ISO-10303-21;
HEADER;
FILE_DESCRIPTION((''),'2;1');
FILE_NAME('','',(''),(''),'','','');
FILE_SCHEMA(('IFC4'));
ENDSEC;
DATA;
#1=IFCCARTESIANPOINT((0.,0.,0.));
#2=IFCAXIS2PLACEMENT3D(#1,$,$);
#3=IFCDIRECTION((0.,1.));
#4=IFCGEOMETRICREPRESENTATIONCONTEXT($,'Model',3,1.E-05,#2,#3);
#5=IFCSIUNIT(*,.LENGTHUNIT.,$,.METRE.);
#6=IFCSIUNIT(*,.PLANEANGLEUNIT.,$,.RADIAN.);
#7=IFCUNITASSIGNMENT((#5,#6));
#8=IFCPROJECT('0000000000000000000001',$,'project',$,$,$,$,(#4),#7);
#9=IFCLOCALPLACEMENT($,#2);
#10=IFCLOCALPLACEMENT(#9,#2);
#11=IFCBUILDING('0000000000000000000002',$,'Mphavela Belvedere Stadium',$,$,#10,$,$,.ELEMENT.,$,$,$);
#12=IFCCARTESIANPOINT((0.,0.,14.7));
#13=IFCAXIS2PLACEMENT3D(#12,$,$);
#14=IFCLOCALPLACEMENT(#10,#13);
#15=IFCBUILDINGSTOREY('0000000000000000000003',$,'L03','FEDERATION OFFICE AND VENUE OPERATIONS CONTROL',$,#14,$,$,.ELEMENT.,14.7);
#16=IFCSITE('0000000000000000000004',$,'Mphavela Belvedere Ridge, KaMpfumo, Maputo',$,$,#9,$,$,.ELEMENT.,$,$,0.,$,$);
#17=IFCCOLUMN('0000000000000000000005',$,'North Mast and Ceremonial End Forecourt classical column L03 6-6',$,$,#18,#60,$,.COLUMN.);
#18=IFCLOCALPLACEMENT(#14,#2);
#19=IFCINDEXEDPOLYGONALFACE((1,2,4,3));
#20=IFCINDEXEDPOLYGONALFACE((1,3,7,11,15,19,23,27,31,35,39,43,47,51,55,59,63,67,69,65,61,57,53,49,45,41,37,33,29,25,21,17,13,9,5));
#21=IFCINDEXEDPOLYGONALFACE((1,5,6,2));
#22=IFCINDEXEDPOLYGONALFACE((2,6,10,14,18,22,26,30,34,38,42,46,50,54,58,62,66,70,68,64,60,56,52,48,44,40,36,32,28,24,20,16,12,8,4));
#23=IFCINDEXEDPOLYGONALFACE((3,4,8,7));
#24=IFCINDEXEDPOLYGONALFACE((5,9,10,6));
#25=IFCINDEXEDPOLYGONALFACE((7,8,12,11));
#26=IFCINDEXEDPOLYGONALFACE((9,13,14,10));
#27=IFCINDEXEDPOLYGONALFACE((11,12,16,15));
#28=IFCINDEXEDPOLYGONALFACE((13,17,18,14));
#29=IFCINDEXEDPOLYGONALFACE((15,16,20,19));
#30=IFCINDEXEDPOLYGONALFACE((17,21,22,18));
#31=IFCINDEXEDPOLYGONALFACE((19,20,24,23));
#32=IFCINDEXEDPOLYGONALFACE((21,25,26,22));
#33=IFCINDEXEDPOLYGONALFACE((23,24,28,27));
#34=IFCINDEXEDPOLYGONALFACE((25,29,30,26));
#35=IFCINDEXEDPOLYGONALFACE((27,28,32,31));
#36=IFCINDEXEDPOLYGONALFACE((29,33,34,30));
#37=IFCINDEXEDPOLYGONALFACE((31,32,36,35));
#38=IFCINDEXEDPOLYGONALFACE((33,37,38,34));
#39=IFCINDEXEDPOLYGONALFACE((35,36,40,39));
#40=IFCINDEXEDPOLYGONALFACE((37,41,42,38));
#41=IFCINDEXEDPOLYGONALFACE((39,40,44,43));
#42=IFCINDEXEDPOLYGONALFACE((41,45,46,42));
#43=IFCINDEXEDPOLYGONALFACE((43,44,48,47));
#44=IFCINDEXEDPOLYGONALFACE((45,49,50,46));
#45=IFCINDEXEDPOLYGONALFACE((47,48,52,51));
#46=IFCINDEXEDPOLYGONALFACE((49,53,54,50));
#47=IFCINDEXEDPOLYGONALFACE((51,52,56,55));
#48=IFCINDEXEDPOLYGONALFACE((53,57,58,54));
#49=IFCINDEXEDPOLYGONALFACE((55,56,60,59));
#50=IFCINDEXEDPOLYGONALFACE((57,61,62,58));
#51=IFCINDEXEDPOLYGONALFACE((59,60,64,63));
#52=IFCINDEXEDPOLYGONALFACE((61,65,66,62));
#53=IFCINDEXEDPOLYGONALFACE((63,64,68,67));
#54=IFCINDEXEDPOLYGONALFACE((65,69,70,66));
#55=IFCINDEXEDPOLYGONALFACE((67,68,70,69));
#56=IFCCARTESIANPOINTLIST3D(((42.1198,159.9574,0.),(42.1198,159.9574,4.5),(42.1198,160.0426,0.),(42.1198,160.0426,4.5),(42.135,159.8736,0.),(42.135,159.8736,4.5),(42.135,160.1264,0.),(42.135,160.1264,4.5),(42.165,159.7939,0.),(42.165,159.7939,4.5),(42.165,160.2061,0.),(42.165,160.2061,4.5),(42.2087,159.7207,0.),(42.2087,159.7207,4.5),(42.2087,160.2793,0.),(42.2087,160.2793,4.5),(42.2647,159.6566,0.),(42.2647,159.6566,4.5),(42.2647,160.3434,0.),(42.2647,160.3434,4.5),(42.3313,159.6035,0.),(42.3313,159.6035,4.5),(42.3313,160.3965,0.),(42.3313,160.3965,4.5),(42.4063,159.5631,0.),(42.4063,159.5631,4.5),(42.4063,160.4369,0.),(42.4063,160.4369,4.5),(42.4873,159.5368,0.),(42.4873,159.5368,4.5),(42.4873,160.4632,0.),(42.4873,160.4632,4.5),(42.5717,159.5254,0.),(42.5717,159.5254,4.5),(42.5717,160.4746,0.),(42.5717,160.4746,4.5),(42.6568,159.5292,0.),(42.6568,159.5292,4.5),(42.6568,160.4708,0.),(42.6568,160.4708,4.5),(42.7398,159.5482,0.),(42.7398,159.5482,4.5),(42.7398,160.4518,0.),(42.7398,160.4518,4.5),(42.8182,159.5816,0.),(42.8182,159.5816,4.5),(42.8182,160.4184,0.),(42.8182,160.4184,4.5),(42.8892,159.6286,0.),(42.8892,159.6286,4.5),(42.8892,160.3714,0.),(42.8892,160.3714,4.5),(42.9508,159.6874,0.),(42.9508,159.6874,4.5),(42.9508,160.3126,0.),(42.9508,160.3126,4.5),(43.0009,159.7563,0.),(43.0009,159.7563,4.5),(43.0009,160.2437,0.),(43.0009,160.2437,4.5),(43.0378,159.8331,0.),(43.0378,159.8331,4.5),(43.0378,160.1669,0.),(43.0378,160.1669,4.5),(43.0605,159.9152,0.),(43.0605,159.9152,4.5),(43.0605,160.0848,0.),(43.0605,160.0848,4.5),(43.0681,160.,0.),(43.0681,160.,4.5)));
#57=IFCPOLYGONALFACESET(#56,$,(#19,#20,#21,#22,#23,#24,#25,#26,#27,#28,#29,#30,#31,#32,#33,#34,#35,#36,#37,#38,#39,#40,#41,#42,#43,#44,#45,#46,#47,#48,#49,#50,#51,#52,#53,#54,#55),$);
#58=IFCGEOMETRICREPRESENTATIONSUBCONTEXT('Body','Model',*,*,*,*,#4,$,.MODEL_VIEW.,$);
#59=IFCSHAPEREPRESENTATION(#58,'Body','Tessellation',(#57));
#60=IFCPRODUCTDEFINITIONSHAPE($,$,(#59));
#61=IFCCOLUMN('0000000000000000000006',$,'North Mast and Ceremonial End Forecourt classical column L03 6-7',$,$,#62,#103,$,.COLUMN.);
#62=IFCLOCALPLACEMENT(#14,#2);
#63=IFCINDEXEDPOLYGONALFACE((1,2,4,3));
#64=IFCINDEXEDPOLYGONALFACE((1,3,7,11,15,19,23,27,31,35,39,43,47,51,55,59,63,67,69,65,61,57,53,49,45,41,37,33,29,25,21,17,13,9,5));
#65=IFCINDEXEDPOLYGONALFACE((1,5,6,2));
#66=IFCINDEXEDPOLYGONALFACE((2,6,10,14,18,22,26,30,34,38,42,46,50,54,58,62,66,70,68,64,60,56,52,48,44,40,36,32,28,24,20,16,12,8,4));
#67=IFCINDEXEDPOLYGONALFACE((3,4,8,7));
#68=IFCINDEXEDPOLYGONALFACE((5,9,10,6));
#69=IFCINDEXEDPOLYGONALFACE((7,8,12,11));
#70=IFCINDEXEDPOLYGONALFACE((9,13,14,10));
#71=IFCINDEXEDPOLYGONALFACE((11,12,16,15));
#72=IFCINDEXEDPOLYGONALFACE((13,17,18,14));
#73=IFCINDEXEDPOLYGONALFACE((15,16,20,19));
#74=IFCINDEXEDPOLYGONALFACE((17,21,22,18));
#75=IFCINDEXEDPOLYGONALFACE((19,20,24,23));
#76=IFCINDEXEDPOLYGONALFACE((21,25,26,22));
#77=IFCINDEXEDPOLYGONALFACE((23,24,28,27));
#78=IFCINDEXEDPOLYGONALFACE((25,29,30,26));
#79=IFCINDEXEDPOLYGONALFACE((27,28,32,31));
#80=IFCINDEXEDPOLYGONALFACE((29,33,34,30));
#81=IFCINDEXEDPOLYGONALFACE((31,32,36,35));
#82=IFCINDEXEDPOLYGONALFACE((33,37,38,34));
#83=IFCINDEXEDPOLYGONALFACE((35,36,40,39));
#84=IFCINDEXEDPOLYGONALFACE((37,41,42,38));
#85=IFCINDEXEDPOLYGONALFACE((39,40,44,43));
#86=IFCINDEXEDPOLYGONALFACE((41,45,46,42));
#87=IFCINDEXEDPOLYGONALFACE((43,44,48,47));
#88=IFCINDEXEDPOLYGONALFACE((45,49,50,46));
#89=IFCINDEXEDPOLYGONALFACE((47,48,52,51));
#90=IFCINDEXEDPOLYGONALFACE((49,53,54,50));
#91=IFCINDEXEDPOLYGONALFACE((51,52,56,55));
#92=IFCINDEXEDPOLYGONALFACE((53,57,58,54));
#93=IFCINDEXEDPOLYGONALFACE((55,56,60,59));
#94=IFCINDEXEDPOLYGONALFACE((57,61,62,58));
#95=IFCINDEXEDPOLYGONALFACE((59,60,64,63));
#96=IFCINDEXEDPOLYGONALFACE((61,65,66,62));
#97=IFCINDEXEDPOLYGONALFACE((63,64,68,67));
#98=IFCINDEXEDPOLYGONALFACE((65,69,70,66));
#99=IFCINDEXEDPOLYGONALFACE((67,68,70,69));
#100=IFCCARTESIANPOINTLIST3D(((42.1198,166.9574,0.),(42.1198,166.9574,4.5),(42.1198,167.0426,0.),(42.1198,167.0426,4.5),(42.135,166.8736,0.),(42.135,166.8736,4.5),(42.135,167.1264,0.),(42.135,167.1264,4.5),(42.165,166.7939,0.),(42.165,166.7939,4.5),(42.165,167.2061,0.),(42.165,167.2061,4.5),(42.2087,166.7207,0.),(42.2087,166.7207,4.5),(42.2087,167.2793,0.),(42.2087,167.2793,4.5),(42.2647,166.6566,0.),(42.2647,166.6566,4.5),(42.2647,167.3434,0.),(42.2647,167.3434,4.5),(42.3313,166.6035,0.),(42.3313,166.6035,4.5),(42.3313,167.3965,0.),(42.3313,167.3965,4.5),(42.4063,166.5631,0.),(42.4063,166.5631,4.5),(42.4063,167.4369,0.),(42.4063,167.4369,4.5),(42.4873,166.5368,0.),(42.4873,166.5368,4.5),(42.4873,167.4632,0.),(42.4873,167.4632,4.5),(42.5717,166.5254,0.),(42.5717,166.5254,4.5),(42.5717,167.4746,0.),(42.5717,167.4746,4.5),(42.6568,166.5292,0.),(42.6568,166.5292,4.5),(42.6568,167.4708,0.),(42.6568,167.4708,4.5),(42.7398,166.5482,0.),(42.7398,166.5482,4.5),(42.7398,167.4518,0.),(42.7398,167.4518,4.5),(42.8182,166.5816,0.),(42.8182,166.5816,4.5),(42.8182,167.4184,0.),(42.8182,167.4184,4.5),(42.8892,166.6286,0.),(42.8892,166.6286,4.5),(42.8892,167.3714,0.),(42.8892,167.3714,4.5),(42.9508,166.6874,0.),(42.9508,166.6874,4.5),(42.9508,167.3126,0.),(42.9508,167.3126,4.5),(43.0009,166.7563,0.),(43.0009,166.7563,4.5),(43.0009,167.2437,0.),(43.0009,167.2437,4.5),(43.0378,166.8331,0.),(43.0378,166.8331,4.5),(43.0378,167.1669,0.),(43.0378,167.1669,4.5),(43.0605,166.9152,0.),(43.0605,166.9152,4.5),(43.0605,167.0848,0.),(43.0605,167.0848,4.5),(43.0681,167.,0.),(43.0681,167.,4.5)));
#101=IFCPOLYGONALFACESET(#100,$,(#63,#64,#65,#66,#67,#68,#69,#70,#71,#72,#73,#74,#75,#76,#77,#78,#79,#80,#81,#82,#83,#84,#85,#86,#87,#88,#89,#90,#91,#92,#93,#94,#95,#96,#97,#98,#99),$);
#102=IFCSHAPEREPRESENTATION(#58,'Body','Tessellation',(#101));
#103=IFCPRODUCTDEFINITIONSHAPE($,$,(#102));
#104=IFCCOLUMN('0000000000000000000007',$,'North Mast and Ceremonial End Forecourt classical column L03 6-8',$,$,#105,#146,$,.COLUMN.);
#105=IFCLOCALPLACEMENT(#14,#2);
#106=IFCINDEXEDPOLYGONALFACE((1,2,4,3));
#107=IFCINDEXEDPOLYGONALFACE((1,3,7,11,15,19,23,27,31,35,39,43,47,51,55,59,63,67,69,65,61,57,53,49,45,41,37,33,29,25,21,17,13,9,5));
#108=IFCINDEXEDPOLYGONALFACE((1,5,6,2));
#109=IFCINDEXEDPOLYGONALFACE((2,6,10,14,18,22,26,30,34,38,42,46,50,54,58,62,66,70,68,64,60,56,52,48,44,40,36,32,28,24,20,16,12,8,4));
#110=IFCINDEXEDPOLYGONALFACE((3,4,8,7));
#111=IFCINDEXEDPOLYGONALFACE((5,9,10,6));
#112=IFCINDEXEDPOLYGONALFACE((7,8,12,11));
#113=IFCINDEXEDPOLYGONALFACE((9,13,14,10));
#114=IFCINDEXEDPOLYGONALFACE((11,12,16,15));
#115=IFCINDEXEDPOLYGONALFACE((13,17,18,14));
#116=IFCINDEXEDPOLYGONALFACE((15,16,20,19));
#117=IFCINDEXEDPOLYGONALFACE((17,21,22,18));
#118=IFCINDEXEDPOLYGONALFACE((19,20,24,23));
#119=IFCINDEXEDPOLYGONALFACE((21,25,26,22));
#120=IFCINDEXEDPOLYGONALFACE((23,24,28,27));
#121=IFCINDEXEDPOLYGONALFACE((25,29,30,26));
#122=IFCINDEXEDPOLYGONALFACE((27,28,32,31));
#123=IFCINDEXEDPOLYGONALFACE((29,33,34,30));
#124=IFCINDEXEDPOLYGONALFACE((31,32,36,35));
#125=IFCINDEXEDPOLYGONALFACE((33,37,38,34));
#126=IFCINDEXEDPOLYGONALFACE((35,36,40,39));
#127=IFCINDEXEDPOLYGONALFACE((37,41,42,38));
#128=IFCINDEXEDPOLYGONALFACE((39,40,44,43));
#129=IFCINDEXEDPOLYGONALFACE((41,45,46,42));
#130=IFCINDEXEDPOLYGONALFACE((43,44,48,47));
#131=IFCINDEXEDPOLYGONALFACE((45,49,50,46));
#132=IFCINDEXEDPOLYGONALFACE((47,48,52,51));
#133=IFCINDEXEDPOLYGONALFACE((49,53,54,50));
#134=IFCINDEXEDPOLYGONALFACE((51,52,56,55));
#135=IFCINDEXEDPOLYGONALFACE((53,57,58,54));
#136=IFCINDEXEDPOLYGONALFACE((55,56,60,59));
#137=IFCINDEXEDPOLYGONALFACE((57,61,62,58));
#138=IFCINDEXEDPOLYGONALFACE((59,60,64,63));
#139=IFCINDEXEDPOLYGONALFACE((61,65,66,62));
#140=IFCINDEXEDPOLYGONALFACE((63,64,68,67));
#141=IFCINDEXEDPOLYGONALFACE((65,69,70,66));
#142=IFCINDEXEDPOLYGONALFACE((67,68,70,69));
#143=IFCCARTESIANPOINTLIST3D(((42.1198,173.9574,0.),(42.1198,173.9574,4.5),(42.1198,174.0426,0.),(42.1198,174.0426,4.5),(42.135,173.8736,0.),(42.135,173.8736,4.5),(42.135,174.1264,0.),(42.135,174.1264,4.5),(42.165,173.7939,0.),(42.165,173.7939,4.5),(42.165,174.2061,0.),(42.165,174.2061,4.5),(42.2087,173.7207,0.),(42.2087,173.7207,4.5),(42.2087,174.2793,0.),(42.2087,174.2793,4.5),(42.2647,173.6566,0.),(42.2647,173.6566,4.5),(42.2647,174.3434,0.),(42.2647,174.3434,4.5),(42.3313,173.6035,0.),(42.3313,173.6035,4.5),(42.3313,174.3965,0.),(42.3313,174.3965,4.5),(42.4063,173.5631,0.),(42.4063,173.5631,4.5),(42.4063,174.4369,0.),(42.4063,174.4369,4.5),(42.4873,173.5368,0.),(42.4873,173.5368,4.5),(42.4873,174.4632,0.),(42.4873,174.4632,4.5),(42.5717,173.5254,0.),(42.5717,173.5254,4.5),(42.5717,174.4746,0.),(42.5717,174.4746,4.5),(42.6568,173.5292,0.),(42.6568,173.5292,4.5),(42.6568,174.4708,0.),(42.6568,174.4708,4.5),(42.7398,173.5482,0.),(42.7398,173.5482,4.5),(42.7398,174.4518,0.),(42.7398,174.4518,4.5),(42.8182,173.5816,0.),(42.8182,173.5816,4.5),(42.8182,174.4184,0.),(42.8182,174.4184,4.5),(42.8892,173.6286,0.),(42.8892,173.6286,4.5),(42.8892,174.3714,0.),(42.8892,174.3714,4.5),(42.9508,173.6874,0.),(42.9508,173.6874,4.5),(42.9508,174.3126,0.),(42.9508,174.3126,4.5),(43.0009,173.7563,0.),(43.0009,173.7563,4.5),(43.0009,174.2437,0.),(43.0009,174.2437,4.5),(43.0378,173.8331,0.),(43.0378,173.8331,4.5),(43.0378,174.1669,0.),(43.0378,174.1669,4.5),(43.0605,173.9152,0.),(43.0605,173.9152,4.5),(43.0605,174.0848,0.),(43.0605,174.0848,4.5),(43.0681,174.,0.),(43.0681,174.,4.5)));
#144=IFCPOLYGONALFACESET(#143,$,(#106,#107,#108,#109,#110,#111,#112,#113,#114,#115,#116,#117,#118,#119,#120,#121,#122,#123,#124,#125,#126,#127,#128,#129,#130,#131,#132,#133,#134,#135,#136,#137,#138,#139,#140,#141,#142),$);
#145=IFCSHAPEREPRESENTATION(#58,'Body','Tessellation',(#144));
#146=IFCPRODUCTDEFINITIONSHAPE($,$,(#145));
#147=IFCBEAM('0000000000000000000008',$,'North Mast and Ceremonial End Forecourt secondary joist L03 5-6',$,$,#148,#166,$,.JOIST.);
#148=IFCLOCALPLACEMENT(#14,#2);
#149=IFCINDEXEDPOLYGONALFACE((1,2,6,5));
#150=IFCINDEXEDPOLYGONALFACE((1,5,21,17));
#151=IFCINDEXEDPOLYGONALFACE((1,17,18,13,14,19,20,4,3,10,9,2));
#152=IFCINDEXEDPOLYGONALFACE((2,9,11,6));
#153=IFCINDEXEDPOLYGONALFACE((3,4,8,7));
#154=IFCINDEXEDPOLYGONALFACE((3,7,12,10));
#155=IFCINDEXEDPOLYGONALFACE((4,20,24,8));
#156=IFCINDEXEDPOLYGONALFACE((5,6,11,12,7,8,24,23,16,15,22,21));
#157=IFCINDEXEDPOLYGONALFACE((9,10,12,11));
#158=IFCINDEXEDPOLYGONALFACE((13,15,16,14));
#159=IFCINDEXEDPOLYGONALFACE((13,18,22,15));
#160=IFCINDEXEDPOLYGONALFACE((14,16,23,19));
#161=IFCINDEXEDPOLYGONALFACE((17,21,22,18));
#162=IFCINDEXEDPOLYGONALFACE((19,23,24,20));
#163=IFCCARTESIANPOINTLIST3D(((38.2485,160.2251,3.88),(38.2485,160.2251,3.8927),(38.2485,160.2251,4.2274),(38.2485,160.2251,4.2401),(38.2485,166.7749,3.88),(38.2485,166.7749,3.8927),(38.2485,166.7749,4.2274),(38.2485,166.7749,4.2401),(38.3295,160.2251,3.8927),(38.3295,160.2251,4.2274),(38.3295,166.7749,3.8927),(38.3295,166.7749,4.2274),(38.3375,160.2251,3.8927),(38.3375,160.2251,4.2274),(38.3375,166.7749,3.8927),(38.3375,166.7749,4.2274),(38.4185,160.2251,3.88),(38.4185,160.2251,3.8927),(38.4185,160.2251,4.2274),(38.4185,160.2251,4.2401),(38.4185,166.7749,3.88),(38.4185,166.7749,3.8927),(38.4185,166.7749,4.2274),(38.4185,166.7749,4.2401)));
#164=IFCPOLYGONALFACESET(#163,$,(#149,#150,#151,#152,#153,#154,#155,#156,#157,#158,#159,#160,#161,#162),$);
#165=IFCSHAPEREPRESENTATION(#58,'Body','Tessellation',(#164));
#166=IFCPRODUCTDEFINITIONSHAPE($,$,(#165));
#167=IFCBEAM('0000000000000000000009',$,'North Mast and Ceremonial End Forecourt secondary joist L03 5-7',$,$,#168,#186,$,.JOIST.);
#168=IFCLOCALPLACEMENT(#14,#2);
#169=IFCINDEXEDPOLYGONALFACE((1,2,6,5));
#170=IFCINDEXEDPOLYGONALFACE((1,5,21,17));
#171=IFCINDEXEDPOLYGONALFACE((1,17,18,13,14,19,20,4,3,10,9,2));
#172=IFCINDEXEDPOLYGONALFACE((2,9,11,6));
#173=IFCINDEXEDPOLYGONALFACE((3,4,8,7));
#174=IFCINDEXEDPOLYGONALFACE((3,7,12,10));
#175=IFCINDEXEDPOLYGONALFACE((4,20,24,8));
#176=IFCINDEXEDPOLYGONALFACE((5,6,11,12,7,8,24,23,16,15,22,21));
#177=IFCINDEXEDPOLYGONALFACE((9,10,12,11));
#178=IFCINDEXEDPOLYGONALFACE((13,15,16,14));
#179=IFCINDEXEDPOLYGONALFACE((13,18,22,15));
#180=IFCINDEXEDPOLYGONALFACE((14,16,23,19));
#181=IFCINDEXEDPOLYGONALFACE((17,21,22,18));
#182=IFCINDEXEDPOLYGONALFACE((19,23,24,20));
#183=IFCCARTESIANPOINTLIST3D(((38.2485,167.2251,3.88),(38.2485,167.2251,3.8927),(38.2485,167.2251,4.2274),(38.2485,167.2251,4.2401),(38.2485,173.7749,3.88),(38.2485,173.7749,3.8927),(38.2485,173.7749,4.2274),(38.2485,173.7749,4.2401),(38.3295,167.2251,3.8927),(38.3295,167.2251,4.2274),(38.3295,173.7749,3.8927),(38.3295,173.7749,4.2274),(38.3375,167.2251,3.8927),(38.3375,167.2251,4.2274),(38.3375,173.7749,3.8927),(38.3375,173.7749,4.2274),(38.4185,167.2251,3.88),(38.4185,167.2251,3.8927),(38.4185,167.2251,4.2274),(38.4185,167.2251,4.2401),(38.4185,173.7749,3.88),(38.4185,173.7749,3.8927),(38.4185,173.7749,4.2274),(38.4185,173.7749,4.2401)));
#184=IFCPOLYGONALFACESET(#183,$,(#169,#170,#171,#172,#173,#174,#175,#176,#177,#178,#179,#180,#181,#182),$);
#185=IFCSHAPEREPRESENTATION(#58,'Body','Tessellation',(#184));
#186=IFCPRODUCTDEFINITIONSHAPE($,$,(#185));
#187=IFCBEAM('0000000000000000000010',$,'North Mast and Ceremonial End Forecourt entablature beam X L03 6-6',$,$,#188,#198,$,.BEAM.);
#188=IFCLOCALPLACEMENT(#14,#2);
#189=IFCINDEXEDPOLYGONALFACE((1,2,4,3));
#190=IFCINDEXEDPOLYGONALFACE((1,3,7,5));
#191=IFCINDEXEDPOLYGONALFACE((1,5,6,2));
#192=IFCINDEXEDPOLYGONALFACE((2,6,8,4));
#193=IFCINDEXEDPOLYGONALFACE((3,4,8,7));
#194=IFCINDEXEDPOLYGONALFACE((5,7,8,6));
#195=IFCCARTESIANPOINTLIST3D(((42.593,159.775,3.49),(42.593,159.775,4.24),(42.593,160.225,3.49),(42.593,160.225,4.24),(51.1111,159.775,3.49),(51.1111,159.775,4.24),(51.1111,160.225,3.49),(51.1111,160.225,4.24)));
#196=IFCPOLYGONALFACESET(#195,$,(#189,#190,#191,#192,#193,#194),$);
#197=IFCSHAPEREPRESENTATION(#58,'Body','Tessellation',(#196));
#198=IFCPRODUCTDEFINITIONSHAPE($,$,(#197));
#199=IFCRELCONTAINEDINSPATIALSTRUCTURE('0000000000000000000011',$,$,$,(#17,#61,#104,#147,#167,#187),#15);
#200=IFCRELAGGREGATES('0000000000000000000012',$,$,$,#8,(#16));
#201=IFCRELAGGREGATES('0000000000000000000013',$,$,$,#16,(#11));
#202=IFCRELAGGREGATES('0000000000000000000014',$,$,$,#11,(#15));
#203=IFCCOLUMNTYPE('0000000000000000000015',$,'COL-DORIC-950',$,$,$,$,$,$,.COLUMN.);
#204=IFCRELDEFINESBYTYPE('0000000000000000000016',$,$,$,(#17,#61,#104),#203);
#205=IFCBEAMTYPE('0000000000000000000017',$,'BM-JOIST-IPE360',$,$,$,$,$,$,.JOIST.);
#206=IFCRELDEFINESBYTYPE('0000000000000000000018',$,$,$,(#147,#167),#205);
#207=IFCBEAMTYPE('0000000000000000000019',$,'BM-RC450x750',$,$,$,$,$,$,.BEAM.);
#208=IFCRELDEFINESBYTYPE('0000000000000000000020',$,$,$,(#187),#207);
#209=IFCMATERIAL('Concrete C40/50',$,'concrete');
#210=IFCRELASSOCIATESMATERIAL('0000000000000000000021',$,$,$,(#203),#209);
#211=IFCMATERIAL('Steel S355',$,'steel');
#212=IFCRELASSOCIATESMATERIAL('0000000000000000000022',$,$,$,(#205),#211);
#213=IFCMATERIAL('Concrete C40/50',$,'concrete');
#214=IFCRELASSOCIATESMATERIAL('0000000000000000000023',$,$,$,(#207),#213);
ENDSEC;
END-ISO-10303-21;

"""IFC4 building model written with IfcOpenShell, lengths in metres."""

from ifc_helpers import new_model, si_unit, direction, frame, origin, origin_2d, place, context, subcontext, project, spatial, rectangle, circle, i_section, extrude, material, material_profile, profile_set, type_object, element, save


model = new_model("IFC4")

# Units and contexts
model_context = context("Model", 3, precision=1e-05, world=origin(), true_north=direction((0.0, 1.0)))
body_context = subcontext(model_context, "Body", "Model", "MODEL_VIEW")
ifc_project = project(units=[si_unit("LENGTHUNIT", "METRE"), si_unit("PLANEANGLEUNIT", "RADIAN")], contexts=[model_context])

# Site, building, storey
site_placement = place(None, origin())
site = spatial("IfcSite", under=ifc_project, at=site_placement, Name="Mphavela Belvedere Ridge, KaMpfumo, Maputo", CompositionType="ELEMENT", RefElevation=0.0)
building_placement = place(site_placement, origin())
building = spatial("IfcBuilding", under=site, at=building_placement, Name="Mphavela Belvedere Stadium", CompositionType="ELEMENT")
storey_placement = place(building_placement, frame((0.0, 0.0, 14.7)))
storey = spatial("IfcBuildingStorey", under=building, at=storey_placement, Name="L03", Description="FEDERATION OFFICE AND VENUE OPERATIONS CONTROL", CompositionType="ELEMENT", Elevation=14.7)

# Columns
ifc_material_1 = material(Name="Concrete C40/50", Category="concrete")
ifc_material_profile_1 = material_profile(ifc_material_1, circle(Radius=0.4751, at=origin_2d()), Name="COL D950")
ifc_profile_set_1 = profile_set([ifc_material_profile_1], Name="Concrete C40/50")
column_type = type_object("IfcColumnType", Name="COL-DORIC-950", PredefinedType="COLUMN", material=ifc_profile_set_1)
for number, where, z_axis, x_axis, name in (
    (1, (42.593, 160.0, 0.0), (0.0, 0.0, 1.0), (1.0, 0.0, 0.0), "North Mast and Ceremonial End Forecourt classical column L03 6-6"),
    (2, (42.593, 167.0, 0.0), (0.0, 0.0, 1.0), (1.0, 0.0, 0.0), "North Mast and Ceremonial End Forecourt classical column L03 6-7"),
    (3, (42.593, 174.0, 0.0), (0.0, 0.0, 1.0), (1.0, 0.0, 0.0), "North Mast and Ceremonial End Forecourt classical column L03 6-8"),
):
    element("IfcColumn", number, at=place(storey_placement, frame(where, z_axis=z_axis, x_axis=x_axis)), inside=storey, type_object=column_type, Name=name, PredefinedType="COLUMN", context=body_context, shape_type="SweptSolid", body=[
        extrude(circle(Radius=0.4751, at=origin_2d()), origin(), (0.0, 0.0, 1.0), 4.5),
    ])

# Beams
ifc_material_2 = material(Name="Steel S355", Category="steel")
ifc_material_profile_2 = material_profile(ifc_material_2, i_section(OverallWidth=0.1699, OverallDepth=0.3601, WebThickness=0.0081, FlangeThickness=0.0127, at=origin_2d()), Name="IPE 360")
ifc_profile_set_2 = profile_set([ifc_material_profile_2], Name="Steel S355")
beam_type_1 = type_object("IfcBeamType", Name="BM-JOIST-IPE360", PredefinedType="JOIST", material=ifc_profile_set_2)
for number, where, z_axis, x_axis, name in (
    (4, (38.3335, 160.2251, 4.0601), (0.0, 1.0, 0.0), (-1.0, 0.0, 0.0), "North Mast and Ceremonial End Forecourt secondary joist L03 5-6"),
    (5, (38.3335, 167.2251, 4.0601), (0.0, 1.0, 0.0), (-1.0, 0.0, 0.0), "North Mast and Ceremonial End Forecourt secondary joist L03 5-7"),
):
    element("IfcBeam", number, at=place(storey_placement, frame(where, z_axis=z_axis, x_axis=x_axis)), inside=storey, type_object=beam_type_1, Name=name, PredefinedType="JOIST", context=body_context, shape_type="SweptSolid", body=[
        extrude(i_section(OverallWidth=0.1699, OverallDepth=0.3601, WebThickness=0.0081, FlangeThickness=0.0127, at=origin_2d()), origin(), (0.0, 0.0, 1.0), 6.5498),
    ])
ifc_material_3 = material(Name="Concrete C40/50", Category="concrete")
ifc_material_profile_3 = material_profile(ifc_material_3, rectangle(XDim=0.45, YDim=0.75, at=origin_2d()), Name="RC 450x750")
ifc_profile_set_3 = profile_set([ifc_material_profile_3], Name="Concrete C40/50")
beam_type_2 = type_object("IfcBeamType", Name="BM-RC450x750", PredefinedType="BEAM", material=ifc_profile_set_3)
beam_1_placement = place(storey_placement, frame((42.593, 160.0, 3.865), z_axis=(1.0, 0.0, 0.0), x_axis=(0.0, 1.0, 0.0)))
element("IfcBeam", 6, at=beam_1_placement, inside=storey, type_object=beam_type_2, Name="North Mast and Ceremonial End Forecourt entablature beam X L03 6-6", PredefinedType="BEAM", context=body_context, shape_type="SweptSolid", body=[
    extrude(rectangle(XDim=0.45, YDim=0.75, at=origin_2d()), origin(), (0.0, 0.0, 1.0), 8.5181),
])

save(model, "model.ifc")
